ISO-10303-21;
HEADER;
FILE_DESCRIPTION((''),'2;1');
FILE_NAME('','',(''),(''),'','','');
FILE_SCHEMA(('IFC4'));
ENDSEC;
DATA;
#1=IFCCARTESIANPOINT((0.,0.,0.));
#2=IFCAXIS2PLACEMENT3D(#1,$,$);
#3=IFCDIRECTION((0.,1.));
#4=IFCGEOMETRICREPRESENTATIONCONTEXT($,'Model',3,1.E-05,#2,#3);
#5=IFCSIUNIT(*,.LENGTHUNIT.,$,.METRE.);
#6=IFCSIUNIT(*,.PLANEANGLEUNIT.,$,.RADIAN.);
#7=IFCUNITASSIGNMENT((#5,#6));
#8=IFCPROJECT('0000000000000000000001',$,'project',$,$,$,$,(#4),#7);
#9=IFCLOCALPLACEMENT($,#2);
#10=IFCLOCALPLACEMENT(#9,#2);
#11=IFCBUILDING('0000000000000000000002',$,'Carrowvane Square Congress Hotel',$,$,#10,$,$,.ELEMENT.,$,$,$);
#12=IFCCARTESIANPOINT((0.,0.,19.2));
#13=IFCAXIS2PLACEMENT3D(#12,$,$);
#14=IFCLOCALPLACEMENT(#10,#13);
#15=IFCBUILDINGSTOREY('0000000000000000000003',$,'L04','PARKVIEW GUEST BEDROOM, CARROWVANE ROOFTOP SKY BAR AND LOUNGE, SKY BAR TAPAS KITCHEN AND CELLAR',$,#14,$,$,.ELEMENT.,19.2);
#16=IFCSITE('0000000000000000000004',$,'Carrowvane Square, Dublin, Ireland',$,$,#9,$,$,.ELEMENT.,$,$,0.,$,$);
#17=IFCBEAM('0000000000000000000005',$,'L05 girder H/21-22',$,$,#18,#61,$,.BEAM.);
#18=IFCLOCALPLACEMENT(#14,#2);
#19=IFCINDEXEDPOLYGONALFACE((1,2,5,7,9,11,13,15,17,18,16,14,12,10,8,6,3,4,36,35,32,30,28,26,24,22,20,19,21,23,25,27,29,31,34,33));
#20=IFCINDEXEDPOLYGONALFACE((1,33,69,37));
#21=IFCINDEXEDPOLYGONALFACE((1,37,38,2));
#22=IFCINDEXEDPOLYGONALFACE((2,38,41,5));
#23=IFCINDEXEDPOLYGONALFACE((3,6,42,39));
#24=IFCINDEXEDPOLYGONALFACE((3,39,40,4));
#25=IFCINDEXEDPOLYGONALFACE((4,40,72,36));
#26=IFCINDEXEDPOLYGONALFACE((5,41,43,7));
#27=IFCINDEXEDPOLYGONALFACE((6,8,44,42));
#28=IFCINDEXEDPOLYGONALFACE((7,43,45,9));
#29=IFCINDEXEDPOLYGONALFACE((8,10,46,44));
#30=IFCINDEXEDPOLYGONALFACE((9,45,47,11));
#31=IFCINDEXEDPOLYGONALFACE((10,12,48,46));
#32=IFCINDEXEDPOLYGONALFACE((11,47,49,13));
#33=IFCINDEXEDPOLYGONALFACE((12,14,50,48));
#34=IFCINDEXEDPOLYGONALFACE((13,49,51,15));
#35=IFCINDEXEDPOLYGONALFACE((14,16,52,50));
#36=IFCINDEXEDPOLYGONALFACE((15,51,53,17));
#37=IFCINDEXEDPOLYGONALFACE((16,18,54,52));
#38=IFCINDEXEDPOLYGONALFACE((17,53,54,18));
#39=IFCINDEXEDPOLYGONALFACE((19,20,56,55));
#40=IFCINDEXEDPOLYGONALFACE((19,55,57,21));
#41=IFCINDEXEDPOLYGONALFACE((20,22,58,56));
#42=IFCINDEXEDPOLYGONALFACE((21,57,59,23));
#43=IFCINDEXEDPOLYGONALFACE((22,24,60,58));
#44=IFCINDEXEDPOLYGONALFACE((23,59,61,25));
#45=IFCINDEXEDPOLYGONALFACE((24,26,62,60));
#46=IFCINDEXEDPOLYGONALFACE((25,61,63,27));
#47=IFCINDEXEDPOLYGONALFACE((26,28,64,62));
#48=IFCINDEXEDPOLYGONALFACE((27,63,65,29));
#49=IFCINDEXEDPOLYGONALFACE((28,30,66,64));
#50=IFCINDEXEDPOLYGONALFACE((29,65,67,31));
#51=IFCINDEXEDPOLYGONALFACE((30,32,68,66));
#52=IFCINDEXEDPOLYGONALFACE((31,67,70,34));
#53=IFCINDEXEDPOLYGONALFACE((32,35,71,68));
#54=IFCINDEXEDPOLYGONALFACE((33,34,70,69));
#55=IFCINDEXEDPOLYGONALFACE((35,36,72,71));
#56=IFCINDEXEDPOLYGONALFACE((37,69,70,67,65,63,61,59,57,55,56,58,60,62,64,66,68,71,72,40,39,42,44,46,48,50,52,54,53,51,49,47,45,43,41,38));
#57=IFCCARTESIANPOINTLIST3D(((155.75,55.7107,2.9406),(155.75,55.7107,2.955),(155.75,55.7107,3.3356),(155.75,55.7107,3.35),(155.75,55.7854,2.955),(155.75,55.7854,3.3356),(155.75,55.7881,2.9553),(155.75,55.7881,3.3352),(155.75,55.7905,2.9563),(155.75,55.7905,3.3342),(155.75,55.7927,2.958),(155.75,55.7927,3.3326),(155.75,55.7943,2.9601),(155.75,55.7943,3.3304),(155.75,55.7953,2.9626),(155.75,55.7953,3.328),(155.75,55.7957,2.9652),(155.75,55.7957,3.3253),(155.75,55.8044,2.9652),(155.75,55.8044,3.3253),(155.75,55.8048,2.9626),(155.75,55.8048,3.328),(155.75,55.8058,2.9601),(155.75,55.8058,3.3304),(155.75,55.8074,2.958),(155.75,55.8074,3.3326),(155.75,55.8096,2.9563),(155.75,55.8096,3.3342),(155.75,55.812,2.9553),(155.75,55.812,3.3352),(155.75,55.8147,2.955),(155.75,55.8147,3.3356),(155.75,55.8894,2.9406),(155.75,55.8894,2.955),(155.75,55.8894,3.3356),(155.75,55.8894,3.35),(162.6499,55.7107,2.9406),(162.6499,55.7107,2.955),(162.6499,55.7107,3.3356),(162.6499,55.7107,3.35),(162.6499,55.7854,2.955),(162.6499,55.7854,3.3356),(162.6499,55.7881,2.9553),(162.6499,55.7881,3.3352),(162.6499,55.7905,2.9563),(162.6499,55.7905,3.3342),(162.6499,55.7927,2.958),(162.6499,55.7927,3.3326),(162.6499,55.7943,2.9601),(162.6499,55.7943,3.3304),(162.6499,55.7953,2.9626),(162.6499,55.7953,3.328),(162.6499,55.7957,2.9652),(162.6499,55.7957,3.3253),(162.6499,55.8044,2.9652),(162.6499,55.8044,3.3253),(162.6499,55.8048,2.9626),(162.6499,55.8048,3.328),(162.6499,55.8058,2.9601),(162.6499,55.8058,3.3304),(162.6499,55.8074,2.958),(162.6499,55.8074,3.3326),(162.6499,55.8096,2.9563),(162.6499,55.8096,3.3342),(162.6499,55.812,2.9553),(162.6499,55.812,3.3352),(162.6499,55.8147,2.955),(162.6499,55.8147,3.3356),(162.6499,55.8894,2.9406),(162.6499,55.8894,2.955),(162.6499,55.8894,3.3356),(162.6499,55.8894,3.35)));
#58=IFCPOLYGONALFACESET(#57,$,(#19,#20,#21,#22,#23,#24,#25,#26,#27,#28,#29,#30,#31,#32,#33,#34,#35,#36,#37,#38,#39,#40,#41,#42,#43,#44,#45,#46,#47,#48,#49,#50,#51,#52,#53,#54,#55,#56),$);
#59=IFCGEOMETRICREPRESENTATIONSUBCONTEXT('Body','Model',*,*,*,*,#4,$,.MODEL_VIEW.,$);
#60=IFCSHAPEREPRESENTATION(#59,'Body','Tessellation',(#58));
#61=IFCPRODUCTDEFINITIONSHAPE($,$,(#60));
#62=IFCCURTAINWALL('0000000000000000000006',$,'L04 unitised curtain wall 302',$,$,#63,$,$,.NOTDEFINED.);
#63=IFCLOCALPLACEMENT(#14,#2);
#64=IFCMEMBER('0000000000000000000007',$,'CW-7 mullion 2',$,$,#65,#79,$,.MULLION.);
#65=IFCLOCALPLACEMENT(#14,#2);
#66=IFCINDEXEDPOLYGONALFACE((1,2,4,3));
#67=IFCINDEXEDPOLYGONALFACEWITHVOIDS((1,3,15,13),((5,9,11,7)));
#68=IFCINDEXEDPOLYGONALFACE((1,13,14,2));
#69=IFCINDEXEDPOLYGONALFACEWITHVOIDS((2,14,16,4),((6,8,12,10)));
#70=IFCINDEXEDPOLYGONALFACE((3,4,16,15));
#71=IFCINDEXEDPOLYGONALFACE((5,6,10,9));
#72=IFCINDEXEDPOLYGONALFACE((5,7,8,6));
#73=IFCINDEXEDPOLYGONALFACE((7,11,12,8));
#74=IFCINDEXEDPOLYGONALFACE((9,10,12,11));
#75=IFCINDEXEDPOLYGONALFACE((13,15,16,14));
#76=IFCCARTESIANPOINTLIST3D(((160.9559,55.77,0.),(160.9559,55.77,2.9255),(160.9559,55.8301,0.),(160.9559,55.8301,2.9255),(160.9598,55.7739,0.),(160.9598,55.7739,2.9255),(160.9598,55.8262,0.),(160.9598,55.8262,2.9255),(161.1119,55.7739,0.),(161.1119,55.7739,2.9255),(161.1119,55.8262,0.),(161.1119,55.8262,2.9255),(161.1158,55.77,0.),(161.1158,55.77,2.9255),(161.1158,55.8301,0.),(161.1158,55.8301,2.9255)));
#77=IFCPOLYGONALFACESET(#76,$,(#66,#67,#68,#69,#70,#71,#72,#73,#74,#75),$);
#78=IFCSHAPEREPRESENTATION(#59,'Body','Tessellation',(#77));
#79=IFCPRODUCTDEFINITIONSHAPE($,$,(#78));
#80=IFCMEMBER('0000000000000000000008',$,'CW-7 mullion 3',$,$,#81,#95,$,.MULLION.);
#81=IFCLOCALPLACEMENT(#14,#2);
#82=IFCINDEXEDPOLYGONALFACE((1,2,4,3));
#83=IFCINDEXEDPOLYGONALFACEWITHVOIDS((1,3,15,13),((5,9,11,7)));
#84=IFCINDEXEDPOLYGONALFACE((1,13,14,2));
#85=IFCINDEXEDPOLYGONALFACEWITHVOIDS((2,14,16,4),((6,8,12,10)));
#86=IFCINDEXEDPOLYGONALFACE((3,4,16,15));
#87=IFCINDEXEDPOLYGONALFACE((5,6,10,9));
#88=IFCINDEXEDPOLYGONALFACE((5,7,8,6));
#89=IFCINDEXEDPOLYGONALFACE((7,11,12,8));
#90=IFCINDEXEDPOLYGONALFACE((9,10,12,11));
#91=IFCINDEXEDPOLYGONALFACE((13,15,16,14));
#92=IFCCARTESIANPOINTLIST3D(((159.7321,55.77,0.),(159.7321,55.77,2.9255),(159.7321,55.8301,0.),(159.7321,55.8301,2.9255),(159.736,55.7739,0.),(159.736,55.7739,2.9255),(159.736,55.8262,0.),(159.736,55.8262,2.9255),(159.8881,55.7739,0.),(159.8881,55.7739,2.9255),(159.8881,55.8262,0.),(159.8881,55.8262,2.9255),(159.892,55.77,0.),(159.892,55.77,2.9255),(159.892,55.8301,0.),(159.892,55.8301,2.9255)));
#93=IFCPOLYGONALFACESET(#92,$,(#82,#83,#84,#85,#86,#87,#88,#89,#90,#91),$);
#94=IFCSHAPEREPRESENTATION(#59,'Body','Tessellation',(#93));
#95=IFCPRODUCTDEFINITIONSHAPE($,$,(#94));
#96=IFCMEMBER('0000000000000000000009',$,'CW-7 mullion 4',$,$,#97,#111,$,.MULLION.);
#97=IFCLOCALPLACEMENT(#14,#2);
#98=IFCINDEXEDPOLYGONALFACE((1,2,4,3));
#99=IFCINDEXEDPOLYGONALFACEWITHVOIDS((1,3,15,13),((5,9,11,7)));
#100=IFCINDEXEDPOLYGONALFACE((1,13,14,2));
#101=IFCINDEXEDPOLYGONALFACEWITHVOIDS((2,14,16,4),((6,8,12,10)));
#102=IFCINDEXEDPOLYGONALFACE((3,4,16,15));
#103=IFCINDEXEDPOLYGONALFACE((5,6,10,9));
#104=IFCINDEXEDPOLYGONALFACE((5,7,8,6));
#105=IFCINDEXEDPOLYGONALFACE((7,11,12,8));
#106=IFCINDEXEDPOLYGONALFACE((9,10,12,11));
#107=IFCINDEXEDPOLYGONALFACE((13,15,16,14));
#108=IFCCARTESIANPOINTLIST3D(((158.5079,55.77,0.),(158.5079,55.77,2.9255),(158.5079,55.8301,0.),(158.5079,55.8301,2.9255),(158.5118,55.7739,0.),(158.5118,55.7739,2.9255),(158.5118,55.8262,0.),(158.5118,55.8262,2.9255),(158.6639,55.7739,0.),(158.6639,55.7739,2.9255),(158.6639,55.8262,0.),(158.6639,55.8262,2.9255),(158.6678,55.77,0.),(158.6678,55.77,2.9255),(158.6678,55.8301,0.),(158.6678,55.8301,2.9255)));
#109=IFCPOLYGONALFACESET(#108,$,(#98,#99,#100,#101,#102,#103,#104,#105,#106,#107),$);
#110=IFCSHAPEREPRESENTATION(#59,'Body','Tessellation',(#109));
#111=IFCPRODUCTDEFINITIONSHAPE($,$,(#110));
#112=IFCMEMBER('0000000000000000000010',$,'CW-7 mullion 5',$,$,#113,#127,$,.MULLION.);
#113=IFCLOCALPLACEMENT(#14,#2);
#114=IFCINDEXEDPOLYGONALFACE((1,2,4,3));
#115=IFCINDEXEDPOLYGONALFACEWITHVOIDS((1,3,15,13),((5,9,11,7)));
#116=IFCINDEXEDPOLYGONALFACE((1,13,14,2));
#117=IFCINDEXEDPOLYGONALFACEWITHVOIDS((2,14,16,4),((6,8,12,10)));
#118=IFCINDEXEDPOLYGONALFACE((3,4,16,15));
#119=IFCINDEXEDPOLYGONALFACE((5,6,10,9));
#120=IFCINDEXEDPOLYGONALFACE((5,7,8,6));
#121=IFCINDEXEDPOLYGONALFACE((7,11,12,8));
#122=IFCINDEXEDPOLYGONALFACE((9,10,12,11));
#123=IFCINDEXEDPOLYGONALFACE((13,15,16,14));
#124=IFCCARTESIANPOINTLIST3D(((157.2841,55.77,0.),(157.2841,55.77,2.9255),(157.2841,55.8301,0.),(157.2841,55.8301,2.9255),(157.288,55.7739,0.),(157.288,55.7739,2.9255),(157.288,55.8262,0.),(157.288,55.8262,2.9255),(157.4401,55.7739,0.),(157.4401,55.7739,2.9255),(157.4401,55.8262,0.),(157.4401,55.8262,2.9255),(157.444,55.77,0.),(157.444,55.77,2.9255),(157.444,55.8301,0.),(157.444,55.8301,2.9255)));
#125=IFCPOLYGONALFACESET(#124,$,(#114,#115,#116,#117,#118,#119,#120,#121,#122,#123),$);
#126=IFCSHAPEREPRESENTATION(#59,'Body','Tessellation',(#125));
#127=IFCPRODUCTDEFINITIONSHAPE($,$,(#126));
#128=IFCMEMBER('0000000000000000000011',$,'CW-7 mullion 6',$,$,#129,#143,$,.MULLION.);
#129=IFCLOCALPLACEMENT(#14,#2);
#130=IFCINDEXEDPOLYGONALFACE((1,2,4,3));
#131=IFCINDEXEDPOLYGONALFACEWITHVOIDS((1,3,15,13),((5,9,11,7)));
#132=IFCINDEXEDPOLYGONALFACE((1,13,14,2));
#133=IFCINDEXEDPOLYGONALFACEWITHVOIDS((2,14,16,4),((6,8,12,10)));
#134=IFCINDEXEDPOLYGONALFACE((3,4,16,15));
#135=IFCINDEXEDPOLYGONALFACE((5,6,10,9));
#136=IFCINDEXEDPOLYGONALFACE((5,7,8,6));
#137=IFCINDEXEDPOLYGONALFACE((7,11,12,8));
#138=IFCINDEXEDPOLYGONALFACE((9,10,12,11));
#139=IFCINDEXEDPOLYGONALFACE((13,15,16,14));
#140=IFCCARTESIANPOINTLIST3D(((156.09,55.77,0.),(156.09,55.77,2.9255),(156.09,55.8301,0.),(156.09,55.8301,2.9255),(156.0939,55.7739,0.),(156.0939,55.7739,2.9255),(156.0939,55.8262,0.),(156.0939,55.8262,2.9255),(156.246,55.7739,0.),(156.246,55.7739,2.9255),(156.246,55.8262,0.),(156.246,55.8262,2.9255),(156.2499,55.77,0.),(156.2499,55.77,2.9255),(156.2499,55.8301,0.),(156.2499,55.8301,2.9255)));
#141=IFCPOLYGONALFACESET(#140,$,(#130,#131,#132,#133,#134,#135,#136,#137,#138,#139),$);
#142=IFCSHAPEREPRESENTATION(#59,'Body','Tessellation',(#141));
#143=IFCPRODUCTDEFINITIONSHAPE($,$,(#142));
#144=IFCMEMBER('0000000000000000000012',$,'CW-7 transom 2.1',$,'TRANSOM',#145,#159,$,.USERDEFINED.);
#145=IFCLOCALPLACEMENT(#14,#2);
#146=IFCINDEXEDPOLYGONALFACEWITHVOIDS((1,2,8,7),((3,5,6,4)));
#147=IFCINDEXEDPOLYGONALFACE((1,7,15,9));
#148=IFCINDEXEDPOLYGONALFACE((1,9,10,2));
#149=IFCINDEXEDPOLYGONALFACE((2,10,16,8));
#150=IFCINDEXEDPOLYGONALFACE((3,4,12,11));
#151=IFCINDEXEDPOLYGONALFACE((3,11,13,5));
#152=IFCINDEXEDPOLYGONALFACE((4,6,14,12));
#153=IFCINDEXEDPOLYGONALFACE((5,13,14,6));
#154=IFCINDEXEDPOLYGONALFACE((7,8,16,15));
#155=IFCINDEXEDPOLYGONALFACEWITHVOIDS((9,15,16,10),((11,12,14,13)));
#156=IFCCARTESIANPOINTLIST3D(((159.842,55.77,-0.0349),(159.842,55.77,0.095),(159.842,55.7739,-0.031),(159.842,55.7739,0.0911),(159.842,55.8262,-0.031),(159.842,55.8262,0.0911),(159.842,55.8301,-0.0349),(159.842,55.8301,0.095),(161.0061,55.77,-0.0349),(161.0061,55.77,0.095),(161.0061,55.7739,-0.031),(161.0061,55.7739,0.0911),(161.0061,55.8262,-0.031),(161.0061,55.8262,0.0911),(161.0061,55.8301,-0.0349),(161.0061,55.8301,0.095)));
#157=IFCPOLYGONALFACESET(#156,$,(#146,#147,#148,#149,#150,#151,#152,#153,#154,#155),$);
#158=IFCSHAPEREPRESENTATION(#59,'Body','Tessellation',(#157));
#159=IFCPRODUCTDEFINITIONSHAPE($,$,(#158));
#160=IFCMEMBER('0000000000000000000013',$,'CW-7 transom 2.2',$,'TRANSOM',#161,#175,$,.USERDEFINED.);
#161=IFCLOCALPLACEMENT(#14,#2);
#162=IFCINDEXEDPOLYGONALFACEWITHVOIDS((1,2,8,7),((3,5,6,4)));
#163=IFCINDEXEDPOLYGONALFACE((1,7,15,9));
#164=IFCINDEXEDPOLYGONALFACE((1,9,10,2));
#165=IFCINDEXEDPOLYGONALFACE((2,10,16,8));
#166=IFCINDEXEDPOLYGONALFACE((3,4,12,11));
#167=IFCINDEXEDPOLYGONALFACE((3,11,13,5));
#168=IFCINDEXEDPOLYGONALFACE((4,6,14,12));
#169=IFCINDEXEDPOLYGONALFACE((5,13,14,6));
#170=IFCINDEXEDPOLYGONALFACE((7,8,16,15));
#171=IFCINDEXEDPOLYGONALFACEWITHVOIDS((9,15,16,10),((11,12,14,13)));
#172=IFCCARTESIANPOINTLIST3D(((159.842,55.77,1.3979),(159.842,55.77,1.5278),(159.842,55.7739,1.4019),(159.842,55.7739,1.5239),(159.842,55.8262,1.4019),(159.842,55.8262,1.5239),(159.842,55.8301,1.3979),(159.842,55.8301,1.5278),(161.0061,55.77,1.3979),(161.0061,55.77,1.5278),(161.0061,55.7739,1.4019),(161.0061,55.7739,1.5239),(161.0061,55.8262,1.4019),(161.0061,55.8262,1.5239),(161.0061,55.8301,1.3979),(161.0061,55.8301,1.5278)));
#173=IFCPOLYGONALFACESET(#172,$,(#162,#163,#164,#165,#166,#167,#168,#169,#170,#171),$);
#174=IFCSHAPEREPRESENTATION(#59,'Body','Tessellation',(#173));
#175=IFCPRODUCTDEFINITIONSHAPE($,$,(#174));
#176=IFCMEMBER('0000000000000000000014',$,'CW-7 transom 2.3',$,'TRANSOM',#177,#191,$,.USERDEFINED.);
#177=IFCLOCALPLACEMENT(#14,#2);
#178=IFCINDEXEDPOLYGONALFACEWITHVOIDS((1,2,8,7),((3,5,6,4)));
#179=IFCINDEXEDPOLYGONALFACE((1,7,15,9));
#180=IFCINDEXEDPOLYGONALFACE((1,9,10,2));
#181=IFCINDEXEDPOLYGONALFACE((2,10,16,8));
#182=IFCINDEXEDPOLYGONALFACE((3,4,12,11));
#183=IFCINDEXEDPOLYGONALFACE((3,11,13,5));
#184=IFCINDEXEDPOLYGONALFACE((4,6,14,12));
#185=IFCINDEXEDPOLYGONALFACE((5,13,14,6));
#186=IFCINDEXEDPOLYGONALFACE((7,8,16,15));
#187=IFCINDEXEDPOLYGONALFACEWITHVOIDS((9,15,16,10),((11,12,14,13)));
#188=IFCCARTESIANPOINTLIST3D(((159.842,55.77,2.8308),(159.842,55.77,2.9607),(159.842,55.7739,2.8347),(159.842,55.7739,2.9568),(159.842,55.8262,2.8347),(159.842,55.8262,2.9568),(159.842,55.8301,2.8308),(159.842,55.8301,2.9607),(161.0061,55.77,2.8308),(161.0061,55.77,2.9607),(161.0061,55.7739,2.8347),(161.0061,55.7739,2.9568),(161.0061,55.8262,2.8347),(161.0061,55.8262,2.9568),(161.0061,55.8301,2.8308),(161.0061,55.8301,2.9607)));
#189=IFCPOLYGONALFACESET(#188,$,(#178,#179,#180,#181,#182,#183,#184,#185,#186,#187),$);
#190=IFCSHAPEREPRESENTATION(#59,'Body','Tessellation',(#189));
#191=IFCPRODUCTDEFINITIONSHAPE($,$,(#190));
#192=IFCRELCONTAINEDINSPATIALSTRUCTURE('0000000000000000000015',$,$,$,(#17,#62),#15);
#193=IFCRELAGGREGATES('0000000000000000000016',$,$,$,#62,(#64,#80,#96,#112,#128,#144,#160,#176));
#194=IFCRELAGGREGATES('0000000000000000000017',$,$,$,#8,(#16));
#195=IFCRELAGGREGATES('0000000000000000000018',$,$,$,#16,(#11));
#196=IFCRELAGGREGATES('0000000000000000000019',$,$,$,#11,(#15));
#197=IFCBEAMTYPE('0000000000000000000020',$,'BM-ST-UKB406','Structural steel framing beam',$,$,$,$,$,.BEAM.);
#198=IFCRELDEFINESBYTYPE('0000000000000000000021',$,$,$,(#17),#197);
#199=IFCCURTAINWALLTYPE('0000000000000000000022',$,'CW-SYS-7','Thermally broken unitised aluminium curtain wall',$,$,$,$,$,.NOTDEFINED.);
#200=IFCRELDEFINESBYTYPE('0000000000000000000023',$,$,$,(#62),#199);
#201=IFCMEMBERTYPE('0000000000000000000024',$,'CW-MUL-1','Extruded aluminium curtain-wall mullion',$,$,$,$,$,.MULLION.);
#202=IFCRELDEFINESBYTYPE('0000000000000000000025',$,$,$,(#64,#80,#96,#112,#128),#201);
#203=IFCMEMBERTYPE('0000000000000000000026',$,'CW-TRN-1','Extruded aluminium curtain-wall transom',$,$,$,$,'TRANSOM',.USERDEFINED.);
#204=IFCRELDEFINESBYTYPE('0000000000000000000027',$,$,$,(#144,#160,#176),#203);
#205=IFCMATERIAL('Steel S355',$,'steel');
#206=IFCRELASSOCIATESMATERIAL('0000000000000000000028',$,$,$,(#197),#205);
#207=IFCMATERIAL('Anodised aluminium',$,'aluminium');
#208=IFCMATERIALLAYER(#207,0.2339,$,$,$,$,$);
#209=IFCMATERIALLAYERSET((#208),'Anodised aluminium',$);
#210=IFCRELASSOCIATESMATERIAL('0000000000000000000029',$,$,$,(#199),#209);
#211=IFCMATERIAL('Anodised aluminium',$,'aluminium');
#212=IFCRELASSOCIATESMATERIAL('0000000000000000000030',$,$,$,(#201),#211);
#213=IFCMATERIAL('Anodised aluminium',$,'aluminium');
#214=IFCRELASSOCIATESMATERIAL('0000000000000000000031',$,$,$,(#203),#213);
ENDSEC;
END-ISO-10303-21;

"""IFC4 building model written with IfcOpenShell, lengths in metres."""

from ifc_helpers import new_model, si_unit, direction, frame, origin, origin_2d, place, context, subcontext, project, spatial, hollow_rectangle, i_section, extrude, material, layer, layer_set, material_profile, profile_set, type_object, element, aggregate, save


model = new_model("IFC4")

# Units and contexts
model_context = context("Model", 3, precision=1e-05, world=origin(), true_north=direction((0.0, 1.0)))
body_context = subcontext(model_context, "Body", "Model", "MODEL_VIEW")
ifc_project = project(units=[si_unit("LENGTHUNIT", "METRE"), si_unit("PLANEANGLEUNIT", "RADIAN")], contexts=[model_context])

# Site, building, storey
site_placement = place(None, origin())
site = spatial("IfcSite", under=ifc_project, at=site_placement, Name="Carrowvane Square, Dublin, Ireland", CompositionType="ELEMENT", RefElevation=0.0)
building_placement = place(site_placement, origin())
building = spatial("IfcBuilding", under=site, at=building_placement, Name="Carrowvane Square Congress Hotel", CompositionType="ELEMENT")
storey_placement = place(building_placement, frame((0.0, 0.0, 19.2)))
storey = spatial("IfcBuildingStorey", under=building, at=storey_placement, Name="L04", Description="PARKVIEW GUEST BEDROOM, CARROWVANE ROOFTOP SKY BAR AND LOUNGE, SKY BAR TAPAS KITCHEN AND CELLAR", CompositionType="ELEMENT", Elevation=19.2)

# Beam
ifc_material_1 = material(Name="Steel S355", Category="steel")
ifc_material_profile_1 = material_profile(ifc_material_1, i_section(OverallWidth=0.1787, OverallDepth=0.4094, WebThickness=0.0088, FlangeThickness=0.0144, FilletRadius=0.0103, at=origin_2d()), Name="UKB 406x178x67")
ifc_profile_set_1 = profile_set([ifc_material_profile_1], Name="Steel S355")
beam_type = type_object("IfcBeamType", Name="BM-ST-UKB406", Description="Structural steel framing beam", PredefinedType="BEAM", material=ifc_profile_set_1)
beam_placement = place(storey_placement, frame((155.75, 55.8, 3.1453), z_axis=(1.0, 0.0, 0.0), x_axis=(0.0, 1.0, 0.0)))
element("IfcBeam", 1, at=beam_placement, inside=storey, type_object=beam_type, Name="L05 girder H/21-22", PredefinedType="BEAM", context=body_context, shape_type="SweptSolid", body=[
    extrude(i_section(OverallWidth=0.1787, OverallDepth=0.4094, WebThickness=0.0088, FlangeThickness=0.0144, FilletRadius=0.0103, at=origin_2d()), origin(), (0.0, 0.0, 1.0), 6.8999),
])

# Curtain wall, members
ifc_material_2 = material(Name="Anodised aluminium", Category="aluminium")
ifc_layer_1 = layer(ifc_material_2, 0.2339)
ifc_layer_set_1 = layer_set([ifc_layer_1], Name="Anodised aluminium")
curtain_wall_type = type_object("IfcCurtainWallType", Name="CW-SYS-7", Description="Thermally broken unitised aluminium curtain wall", PredefinedType="NOTDEFINED", material=ifc_layer_set_1)
curtain_wall_placement = place(storey_placement, origin())
curtain_wall = element("IfcCurtainWall", 2, at=curtain_wall_placement, inside=storey, type_object=curtain_wall_type, Name="L04 unitised curtain wall 302", PredefinedType="NOTDEFINED")
ifc_material_3 = material(Name="Anodised aluminium", Category="aluminium")
ifc_material_profile_2 = material_profile(ifc_material_3, hollow_rectangle(XDim=0.0601, YDim=0.1599, WallThickness=0.0039, at=origin_2d()), Name="CW-ML 60x160x4")
ifc_profile_set_2 = profile_set([ifc_material_profile_2], Name="Anodised aluminium")
member_type_1 = type_object("IfcMemberType", Name="CW-MUL-1", Description="Extruded aluminium curtain-wall mullion", PredefinedType="MULLION", material=ifc_profile_set_2)
member_1_placement = place(storey_placement, frame((161.0359, 55.8, 0.0), z_axis=(0.0, 0.0, 1.0), x_axis=(0.0, -1.0, 0.0)))
member_1 = element("IfcMember", 3, at=member_1_placement, type_object=member_type_1, Name="CW-7 mullion 2", PredefinedType="MULLION", context=body_context, shape_type="SweptSolid", body=[
    extrude(hollow_rectangle(XDim=0.0601, YDim=0.1599, WallThickness=0.0039, at=origin_2d()), origin(), (0.0, 0.0, 1.0), 2.9255),
])
member_2_placement = place(storey_placement, frame((159.812, 55.8, 0.0), z_axis=(0.0, 0.0, 1.0), x_axis=(0.0, -1.0, 0.0)))
member_2 = element("IfcMember", 4, at=member_2_placement, type_object=member_type_1, Name="CW-7 mullion 3", PredefinedType="MULLION", context=body_context, shape_type="SweptSolid", body=[
    extrude(hollow_rectangle(XDim=0.0601, YDim=0.1599, WallThickness=0.0039, at=origin_2d()), origin(), (0.0, 0.0, 1.0), 2.9255),
])
member_3_placement = place(storey_placement, frame((158.5879, 55.8, 0.0), z_axis=(0.0, 0.0, 1.0), x_axis=(0.0, -1.0, 0.0)))
member_3 = element("IfcMember", 5, at=member_3_placement, type_object=member_type_1, Name="CW-7 mullion 4", PredefinedType="MULLION", context=body_context, shape_type="SweptSolid", body=[
    extrude(hollow_rectangle(XDim=0.0601, YDim=0.1599, WallThickness=0.0039, at=origin_2d()), origin(), (0.0, 0.0, 1.0), 2.9255),
])
member_4_placement = place(storey_placement, frame((157.364, 55.8, 0.0), z_axis=(0.0, 0.0, 1.0), x_axis=(0.0, -1.0, 0.0)))
member_4 = element("IfcMember", 6, at=member_4_placement, type_object=member_type_1, Name="CW-7 mullion 5", PredefinedType="MULLION", context=body_context, shape_type="SweptSolid", body=[
    extrude(hollow_rectangle(XDim=0.0601, YDim=0.1599, WallThickness=0.0039, at=origin_2d()), origin(), (0.0, 0.0, 1.0), 2.9255),
])
member_5_placement = place(storey_placement, frame((156.1699, 55.8, 0.0), z_axis=(0.0, 0.0, 1.0), x_axis=(0.0, -1.0, 0.0)))
member_5 = element("IfcMember", 7, at=member_5_placement, type_object=member_type_1, Name="CW-7 mullion 6", PredefinedType="MULLION", context=body_context, shape_type="SweptSolid", body=[
    extrude(hollow_rectangle(XDim=0.0601, YDim=0.1599, WallThickness=0.0039, at=origin_2d()), origin(), (0.0, 0.0, 1.0), 2.9255),
])
ifc_material_4 = material(Name="Anodised aluminium", Category="aluminium")
ifc_material_profile_3 = material_profile(ifc_material_4, hollow_rectangle(XDim=0.0601, YDim=0.1299, WallThickness=0.0039, at=origin_2d()), Name="CW-TR 60x130x4")
ifc_profile_set_3 = profile_set([ifc_material_profile_3], Name="Anodised aluminium")
member_type_2 = type_object("IfcMemberType", Name="CW-TRN-1", Description="Extruded aluminium curtain-wall transom", ElementType="TRANSOM", PredefinedType="USERDEFINED", material=ifc_profile_set_3)
member_6_placement = place(storey_placement, frame((161.0061, 55.8, 0.03), z_axis=(-1.0, 0.0, 0.0), x_axis=(0.0, -1.0, 0.0)))
member_6 = element("IfcMember", 8, at=member_6_placement, type_object=member_type_2, Name="CW-7 transom 2.1", ObjectType="TRANSOM", PredefinedType="USERDEFINED", context=body_context, shape_type="SweptSolid", body=[
    extrude(hollow_rectangle(XDim=0.0601, YDim=0.1299, WallThickness=0.0039, at=origin_2d()), origin(), (0.0, 0.0, 1.0), 1.1641),
])
member_7_placement = place(storey_placement, frame((161.0061, 55.8, 1.4629), z_axis=(-1.0, 0.0, 0.0), x_axis=(0.0, -1.0, 0.0)))
member_7 = element("IfcMember", 9, at=member_7_placement, type_object=member_type_2, Name="CW-7 transom 2.2", ObjectType="TRANSOM", PredefinedType="USERDEFINED", context=body_context, shape_type="SweptSolid", body=[
    extrude(hollow_rectangle(XDim=0.0601, YDim=0.1299, WallThickness=0.0039, at=origin_2d()), origin(), (0.0, 0.0, 1.0), 1.1641),
])
member_8_placement = place(storey_placement, frame((161.0061, 55.8, 2.8958), z_axis=(-1.0, 0.0, 0.0), x_axis=(0.0, -1.0, 0.0)))
member_8 = element("IfcMember", 10, at=member_8_placement, type_object=member_type_2, Name="CW-7 transom 2.3", ObjectType="TRANSOM", PredefinedType="USERDEFINED", context=body_context, shape_type="SweptSolid", body=[
    extrude(hollow_rectangle(XDim=0.0601, YDim=0.1299, WallThickness=0.0039, at=origin_2d()), origin(), (0.0, 0.0, 1.0), 1.1641),
])
aggregate(curtain_wall, [member_1, member_2, member_3, member_4, member_5, member_6, member_7, member_8])

save(model, "model.ifc")
